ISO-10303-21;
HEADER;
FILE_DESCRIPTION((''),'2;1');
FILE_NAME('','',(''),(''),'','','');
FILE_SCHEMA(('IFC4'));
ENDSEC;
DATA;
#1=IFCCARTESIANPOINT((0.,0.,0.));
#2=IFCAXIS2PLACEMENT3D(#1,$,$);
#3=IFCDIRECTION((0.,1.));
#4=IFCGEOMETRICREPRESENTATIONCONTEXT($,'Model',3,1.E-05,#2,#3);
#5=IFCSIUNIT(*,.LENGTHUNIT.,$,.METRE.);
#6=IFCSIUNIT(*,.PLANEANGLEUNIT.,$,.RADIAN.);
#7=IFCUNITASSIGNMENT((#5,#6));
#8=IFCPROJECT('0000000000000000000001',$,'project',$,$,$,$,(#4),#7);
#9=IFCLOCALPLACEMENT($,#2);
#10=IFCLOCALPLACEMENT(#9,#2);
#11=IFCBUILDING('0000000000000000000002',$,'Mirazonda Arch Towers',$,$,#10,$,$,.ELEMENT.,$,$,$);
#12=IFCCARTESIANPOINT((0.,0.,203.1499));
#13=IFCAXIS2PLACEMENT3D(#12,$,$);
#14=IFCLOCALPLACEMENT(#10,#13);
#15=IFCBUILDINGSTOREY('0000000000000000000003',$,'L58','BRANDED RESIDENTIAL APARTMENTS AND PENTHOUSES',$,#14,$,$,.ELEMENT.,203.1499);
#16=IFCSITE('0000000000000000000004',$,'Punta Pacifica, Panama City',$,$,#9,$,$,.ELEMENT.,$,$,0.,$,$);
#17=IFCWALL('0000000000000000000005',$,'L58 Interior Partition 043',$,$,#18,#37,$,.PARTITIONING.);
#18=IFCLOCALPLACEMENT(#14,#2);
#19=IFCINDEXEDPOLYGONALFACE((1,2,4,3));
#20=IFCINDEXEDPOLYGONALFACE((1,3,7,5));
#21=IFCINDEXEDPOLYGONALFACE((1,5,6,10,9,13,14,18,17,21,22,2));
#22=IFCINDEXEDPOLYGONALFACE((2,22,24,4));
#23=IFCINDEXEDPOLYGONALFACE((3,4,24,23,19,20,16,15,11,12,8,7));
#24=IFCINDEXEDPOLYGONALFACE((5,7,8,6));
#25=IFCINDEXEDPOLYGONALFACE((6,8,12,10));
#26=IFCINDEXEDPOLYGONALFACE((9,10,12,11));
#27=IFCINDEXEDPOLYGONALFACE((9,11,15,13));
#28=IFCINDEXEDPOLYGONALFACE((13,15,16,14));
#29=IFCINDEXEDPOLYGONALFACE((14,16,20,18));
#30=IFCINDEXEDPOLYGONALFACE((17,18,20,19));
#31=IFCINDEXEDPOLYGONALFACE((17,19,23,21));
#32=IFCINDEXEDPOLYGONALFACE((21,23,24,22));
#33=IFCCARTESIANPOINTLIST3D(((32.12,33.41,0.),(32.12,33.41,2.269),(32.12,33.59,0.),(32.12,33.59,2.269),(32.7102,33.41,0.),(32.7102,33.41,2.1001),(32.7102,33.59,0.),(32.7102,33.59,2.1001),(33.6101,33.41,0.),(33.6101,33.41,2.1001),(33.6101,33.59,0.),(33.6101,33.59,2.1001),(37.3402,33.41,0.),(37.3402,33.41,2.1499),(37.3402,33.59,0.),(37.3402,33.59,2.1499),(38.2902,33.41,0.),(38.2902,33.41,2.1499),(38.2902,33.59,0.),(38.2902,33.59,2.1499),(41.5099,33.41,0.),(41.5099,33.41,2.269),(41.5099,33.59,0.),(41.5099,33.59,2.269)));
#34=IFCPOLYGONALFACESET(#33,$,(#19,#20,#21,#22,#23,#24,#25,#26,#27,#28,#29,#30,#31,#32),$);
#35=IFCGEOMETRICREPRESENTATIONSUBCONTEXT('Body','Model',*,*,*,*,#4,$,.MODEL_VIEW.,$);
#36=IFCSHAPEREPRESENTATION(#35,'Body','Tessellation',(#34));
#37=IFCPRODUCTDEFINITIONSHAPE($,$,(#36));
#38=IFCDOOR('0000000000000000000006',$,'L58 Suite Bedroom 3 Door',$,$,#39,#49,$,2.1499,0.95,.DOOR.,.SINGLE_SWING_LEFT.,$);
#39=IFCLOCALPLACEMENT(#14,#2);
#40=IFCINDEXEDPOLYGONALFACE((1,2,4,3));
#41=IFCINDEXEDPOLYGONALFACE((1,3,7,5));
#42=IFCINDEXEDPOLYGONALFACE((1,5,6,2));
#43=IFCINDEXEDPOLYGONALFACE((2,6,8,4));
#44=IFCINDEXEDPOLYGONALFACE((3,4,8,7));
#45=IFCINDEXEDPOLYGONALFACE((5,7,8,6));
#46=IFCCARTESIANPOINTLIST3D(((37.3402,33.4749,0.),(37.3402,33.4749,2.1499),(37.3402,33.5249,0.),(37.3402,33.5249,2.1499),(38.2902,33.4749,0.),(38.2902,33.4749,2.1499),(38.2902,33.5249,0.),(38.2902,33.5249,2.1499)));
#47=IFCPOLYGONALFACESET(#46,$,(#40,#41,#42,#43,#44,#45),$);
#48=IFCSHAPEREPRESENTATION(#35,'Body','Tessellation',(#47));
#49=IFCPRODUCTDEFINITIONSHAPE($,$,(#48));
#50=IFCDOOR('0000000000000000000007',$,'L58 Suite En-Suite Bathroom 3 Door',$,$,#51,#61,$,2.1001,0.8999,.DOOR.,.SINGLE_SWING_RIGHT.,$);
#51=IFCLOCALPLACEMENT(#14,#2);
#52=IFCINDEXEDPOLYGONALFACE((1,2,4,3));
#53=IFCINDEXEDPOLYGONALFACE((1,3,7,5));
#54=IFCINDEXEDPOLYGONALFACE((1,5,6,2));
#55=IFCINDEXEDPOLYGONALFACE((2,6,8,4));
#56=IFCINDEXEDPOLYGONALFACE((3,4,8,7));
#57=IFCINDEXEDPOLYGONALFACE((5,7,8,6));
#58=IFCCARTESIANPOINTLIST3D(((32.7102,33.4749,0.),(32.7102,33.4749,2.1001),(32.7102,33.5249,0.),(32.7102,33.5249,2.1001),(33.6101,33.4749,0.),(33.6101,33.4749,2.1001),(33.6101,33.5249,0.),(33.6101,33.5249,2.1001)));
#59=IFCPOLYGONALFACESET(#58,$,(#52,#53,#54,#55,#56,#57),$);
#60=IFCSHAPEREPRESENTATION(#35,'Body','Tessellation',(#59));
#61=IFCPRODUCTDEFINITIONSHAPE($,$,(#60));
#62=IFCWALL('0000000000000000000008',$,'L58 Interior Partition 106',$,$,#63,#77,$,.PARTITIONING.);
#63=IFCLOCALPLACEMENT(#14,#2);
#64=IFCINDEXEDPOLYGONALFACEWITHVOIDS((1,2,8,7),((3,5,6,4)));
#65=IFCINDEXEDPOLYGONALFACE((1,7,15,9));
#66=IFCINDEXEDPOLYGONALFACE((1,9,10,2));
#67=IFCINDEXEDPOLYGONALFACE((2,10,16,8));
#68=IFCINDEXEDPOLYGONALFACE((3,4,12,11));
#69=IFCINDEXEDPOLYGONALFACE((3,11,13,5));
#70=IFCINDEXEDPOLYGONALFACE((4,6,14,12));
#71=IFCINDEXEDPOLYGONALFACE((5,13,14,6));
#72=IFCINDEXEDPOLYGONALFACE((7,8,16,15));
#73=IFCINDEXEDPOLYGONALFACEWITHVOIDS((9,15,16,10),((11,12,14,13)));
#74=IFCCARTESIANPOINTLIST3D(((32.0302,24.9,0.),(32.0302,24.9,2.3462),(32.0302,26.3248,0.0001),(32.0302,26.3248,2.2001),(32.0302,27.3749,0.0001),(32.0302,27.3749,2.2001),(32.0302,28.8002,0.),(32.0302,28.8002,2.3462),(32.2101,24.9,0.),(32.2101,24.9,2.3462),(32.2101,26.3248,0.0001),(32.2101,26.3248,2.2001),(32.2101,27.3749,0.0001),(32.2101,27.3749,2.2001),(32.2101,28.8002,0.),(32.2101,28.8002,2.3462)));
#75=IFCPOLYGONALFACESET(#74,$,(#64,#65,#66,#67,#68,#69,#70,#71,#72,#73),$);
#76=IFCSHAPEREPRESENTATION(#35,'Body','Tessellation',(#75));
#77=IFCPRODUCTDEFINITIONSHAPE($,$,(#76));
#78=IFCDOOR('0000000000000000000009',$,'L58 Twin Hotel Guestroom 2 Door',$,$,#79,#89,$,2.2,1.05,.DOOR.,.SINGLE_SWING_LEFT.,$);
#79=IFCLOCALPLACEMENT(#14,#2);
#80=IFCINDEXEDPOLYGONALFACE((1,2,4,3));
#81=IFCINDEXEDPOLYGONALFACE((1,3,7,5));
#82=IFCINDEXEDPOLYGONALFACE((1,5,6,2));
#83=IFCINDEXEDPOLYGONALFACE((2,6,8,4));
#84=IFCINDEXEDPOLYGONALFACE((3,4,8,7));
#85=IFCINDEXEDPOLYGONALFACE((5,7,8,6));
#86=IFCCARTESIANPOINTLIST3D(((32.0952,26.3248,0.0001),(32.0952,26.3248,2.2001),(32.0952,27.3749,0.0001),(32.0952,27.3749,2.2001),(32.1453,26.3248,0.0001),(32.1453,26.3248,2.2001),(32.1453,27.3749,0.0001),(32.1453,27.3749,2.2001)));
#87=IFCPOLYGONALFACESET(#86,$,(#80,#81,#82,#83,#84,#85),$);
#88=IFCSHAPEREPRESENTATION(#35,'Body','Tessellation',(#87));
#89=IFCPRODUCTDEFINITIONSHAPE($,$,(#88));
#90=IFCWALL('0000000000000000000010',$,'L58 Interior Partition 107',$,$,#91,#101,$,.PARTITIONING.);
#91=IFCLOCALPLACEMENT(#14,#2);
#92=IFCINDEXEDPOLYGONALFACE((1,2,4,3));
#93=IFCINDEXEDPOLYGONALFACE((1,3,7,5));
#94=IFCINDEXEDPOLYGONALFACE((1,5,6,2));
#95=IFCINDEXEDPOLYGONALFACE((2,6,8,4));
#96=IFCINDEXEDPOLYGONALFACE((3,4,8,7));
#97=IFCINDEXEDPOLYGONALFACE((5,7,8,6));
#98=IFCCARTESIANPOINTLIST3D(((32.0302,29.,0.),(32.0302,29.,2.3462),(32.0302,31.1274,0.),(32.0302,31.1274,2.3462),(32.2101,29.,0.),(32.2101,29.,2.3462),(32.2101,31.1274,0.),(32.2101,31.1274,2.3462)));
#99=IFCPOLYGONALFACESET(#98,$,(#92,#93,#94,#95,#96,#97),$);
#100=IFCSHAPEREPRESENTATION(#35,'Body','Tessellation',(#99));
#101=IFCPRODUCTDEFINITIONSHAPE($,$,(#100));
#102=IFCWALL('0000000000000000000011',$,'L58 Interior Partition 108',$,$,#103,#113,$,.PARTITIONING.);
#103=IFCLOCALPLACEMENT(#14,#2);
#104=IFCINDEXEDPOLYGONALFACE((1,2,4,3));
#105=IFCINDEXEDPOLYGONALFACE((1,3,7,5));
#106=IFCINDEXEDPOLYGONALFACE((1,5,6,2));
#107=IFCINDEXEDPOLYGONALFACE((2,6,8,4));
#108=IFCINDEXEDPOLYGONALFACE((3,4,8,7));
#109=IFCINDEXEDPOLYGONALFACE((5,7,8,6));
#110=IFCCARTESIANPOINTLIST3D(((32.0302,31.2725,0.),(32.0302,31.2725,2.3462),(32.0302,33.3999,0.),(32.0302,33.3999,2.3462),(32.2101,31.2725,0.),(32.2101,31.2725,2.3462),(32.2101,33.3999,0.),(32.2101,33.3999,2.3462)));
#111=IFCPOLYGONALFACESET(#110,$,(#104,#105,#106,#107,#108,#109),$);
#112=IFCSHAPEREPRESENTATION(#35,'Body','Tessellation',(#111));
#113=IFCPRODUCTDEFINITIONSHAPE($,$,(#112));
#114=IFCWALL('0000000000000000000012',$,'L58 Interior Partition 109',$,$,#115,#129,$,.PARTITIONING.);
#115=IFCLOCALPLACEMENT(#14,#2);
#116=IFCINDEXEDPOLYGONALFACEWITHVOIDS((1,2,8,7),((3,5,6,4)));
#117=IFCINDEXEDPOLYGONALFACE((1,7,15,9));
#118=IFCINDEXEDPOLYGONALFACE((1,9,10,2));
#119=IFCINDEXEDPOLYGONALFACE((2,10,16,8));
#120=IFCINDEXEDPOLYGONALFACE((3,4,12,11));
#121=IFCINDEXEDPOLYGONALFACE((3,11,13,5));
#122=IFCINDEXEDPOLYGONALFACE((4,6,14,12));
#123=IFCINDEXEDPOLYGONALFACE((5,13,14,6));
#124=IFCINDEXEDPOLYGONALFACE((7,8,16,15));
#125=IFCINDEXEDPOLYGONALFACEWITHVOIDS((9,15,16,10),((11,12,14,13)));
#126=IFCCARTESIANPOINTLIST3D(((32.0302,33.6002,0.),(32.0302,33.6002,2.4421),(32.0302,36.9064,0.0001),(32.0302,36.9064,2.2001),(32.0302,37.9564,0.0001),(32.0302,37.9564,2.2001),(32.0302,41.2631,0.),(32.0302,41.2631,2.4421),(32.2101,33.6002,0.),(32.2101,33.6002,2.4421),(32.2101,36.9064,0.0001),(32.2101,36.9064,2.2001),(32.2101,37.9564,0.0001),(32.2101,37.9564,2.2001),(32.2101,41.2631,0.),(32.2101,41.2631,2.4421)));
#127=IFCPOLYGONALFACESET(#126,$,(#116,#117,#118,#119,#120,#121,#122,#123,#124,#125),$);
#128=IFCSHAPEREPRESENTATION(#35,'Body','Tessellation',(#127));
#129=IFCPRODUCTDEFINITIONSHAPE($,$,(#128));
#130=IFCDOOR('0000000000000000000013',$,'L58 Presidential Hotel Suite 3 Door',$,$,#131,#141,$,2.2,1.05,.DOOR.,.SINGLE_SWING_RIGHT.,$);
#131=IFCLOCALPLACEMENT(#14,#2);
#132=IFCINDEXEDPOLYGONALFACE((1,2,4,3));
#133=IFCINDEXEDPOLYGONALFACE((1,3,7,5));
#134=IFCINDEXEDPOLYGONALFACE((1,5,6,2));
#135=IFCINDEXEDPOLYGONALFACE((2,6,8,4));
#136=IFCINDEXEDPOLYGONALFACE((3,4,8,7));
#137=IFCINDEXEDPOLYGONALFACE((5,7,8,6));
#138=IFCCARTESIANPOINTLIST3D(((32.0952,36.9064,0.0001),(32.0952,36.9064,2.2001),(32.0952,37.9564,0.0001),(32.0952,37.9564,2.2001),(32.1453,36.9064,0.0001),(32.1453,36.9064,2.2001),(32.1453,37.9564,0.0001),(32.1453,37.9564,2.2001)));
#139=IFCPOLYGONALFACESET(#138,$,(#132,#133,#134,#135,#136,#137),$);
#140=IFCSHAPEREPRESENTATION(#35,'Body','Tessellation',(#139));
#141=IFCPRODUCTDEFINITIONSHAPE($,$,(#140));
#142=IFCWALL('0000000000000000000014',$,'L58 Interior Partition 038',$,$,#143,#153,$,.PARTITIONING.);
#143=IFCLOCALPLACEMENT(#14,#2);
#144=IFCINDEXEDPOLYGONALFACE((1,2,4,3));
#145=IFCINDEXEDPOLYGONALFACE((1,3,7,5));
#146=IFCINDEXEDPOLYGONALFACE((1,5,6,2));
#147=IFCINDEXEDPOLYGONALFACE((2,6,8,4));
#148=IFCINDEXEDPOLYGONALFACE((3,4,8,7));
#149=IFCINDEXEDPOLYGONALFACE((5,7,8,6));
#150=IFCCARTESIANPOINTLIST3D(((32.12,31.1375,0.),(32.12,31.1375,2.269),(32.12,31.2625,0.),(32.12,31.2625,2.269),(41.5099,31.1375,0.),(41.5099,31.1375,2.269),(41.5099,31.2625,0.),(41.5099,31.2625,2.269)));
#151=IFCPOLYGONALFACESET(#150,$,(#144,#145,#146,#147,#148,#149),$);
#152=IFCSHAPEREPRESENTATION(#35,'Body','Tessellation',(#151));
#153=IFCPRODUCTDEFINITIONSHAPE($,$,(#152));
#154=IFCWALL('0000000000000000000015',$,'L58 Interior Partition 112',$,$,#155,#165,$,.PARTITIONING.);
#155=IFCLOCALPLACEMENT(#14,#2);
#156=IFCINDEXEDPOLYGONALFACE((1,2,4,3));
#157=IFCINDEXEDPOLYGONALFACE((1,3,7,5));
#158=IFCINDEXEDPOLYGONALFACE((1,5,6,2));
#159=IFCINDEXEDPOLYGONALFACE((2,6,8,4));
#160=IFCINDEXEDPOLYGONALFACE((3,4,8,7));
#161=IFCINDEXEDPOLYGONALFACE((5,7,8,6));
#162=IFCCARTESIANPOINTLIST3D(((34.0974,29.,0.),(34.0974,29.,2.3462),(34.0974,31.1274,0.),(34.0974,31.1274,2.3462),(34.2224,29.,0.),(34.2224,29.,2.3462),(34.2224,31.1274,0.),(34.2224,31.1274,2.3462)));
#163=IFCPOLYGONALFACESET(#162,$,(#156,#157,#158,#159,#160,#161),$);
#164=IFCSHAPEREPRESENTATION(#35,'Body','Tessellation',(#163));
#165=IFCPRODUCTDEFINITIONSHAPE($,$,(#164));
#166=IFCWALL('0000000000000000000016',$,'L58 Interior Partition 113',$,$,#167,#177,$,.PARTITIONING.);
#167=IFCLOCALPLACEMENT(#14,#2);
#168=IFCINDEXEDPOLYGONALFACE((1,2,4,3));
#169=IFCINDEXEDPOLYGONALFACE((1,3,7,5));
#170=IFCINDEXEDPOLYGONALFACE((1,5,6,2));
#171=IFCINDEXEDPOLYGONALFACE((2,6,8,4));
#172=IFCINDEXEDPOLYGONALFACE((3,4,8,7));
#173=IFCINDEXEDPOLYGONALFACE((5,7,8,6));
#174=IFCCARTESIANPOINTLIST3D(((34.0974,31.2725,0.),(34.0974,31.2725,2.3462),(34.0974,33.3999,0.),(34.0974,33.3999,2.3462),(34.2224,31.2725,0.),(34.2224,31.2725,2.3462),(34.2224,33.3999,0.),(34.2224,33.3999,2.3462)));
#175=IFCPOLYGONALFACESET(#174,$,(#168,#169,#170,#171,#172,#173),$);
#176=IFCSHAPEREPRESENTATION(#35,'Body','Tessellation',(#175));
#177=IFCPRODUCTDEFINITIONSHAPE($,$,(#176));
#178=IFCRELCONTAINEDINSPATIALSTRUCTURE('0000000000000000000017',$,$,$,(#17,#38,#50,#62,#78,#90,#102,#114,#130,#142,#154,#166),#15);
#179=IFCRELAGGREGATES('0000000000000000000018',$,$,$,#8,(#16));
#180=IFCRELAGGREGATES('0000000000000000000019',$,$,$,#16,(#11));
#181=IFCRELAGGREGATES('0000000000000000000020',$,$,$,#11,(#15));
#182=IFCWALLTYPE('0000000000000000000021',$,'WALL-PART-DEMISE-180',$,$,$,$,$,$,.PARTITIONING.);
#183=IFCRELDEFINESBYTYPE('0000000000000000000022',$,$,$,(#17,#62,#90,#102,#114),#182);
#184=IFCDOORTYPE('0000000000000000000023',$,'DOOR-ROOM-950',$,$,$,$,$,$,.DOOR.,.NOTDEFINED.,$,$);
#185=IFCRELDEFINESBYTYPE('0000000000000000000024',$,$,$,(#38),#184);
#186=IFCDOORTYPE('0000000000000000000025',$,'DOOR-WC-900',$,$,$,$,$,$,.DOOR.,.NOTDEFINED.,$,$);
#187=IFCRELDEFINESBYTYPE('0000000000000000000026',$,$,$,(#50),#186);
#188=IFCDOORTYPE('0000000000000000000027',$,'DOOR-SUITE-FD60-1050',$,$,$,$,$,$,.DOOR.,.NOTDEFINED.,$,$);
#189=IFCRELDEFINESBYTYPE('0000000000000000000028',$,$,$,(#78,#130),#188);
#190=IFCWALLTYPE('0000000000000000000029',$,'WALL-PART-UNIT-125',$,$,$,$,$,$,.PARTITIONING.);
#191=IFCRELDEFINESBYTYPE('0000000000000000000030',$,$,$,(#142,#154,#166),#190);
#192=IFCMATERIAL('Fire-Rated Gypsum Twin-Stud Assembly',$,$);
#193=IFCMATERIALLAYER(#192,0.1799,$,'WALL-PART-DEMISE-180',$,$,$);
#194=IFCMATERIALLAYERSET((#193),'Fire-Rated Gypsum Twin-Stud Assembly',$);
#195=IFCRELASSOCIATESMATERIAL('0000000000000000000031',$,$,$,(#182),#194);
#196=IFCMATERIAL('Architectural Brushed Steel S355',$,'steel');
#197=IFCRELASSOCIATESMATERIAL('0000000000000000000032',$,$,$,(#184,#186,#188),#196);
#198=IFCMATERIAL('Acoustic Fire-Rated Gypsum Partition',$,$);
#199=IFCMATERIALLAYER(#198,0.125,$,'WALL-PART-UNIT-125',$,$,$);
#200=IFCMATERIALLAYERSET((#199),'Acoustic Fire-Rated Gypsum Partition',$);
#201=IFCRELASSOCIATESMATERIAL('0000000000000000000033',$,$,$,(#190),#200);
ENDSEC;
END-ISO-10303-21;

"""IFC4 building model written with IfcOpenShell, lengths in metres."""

from ifc_helpers import new_model, si_unit, direction, frame, frame_2d, origin, place, context, subcontext, project, spatial, rectangle, extrude, material, layer, layer_set, type_object, element, fill, save


model = new_model("IFC4")

# Units and contexts
model_context = context("Model", 3, precision=1e-05, world=origin(), true_north=direction((0.0, 1.0)))
body_context = subcontext(model_context, "Body", "Model", "MODEL_VIEW")
ifc_project = project(units=[si_unit("LENGTHUNIT", "METRE"), si_unit("PLANEANGLEUNIT", "RADIAN")], contexts=[model_context])

# Site, building, storey
site_placement = place(None, origin())
site = spatial("IfcSite", under=ifc_project, at=site_placement, Name="Punta Pacifica, Panama City", CompositionType="ELEMENT", RefElevation=0.0)
building_placement = place(site_placement, origin())
building = spatial("IfcBuilding", under=site, at=building_placement, Name="Mirazonda Arch Towers", CompositionType="ELEMENT")
storey_placement = place(building_placement, frame((0.0, 0.0, 203.1499)))
storey = spatial("IfcBuildingStorey", under=building, at=storey_placement, Name="L58", Description="BRANDED RESIDENTIAL APARTMENTS AND PENTHOUSES", CompositionType="ELEMENT", Elevation=203.1499)

# Wall, openings, doors
ifc_material_1 = material(Name="Fire-Rated Gypsum Twin-Stud Assembly")
ifc_layer_1 = layer(ifc_material_1, 0.1799, Name="WALL-PART-DEMISE-180")
ifc_layer_set_1 = layer_set([ifc_layer_1], Name="Fire-Rated Gypsum Twin-Stud Assembly")
wall_type_1 = type_object("IfcWallType", Name="WALL-PART-DEMISE-180", PredefinedType="PARTITIONING", material=ifc_layer_set_1)
ifc_material_2 = material(Name="Architectural Brushed Steel S355", Category="steel")
door_type_1 = type_object("IfcDoorType", Name="DOOR-ROOM-950", OperationType="NOTDEFINED", PredefinedType="DOOR", material=ifc_material_2)
door_type_2 = type_object("IfcDoorType", Name="DOOR-WC-900", OperationType="NOTDEFINED", PredefinedType="DOOR", material=ifc_material_2)
wall_1_placement = place(storey_placement, frame((32.1201, 33.5, 0.0), z_axis=(0.0, 0.0, 1.0), x_axis=(1.0, 0.0, 0.0)))
wall_1 = element("IfcWall", 1, at=wall_1_placement, inside=storey, type_object=wall_type_1, Name="L58 Interior Partition 043", PredefinedType="PARTITIONING", context=body_context, shape_type="SweptSolid", body=[
    extrude(rectangle(XDim=9.3899, YDim=0.1799, at=frame_2d((4.6948, 0.0))), origin(), (0.0, 0.0, 1.0), 2.269),
])
opening_1_placement = place(wall_1_placement, frame((5.22, 0.0, 0.0)))
opening_1 = element("IfcOpeningElement", 2, at=opening_1_placement, cuts=wall_1, PredefinedType="OPENING", context=body_context, shape_type="SweptSolid", body=[
    extrude(rectangle(XDim=0.95, YDim=2.1499, at=frame_2d((0.4751, 1.075))), frame((0.0, 0.0999, 0.0), z_axis=(0.0, -1.0, 0.0), x_axis=(1.0, 0.0, 0.0)), (0.0, 0.0, 1.0), 0.2),
])
opening_2_placement = place(wall_1_placement, frame((0.5901, 0.0, 0.0)))
opening_2 = element("IfcOpeningElement", 3, at=opening_2_placement, cuts=wall_1, PredefinedType="OPENING", context=body_context, shape_type="SweptSolid", body=[
    extrude(rectangle(XDim=0.8999, YDim=2.1001, at=frame_2d((0.45, 1.05))), frame((0.0, 0.0999, 0.0), z_axis=(0.0, -1.0, 0.0), x_axis=(1.0, 0.0, 0.0)), (0.0, 0.0, 1.0), 0.2),
])
door_1_placement = place(opening_1_placement, origin())
door_1 = element("IfcDoor", 4, at=door_1_placement, inside=storey, type_object=door_type_1, Name="L58 Suite Bedroom 3 Door", OperationType="SINGLE_SWING_LEFT", OverallHeight=2.1499, OverallWidth=0.95, PredefinedType="DOOR", context=body_context, shape_type="SweptSolid", body=[
    extrude(rectangle(XDim=0.95, YDim=2.1499, at=frame_2d((0.4751, 1.075))), frame((0.0, 0.0249, 0.0), z_axis=(0.0, -1.0, 0.0), x_axis=(1.0, 0.0, 0.0)), (0.0, 0.0, 1.0), 0.05),
])
fill(opening_1, door_1)
door_2_placement = place(opening_2_placement, origin())
door_2 = element("IfcDoor", 5, at=door_2_placement, inside=storey, type_object=door_type_2, Name="L58 Suite En-Suite Bathroom 3 Door", OperationType="SINGLE_SWING_RIGHT", OverallHeight=2.1001, OverallWidth=0.8999, PredefinedType="DOOR", context=body_context, shape_type="SweptSolid", body=[
    extrude(rectangle(XDim=0.8999, YDim=2.1001, at=frame_2d((0.45, 1.05))), frame((0.0, 0.0249, 0.0), z_axis=(0.0, -1.0, 0.0), x_axis=(1.0, 0.0, 0.0)), (0.0, 0.0, 1.0), 0.05),
])
fill(opening_2, door_2)

# Wall, opening, door
wall_2_placement = place(storey_placement, frame((32.1201, 24.8999, 0.0), z_axis=(0.0, 0.0, 1.0), x_axis=(0.0, 1.0, 0.0)))
wall_2 = element("IfcWall", 6, at=wall_2_placement, inside=storey, type_object=wall_type_1, Name="L58 Interior Partition 106", PredefinedType="PARTITIONING", context=body_context, shape_type="SweptSolid", body=[
    extrude(rectangle(XDim=3.9001, YDim=0.1799, at=frame_2d((1.9502, 0.0))), origin(), (0.0, 0.0, 1.0), 2.3462),
])
opening_3_placement = place(wall_2_placement, frame((1.425, 0.0, 0.0)))
opening_3 = element("IfcOpeningElement", 7, at=opening_3_placement, cuts=wall_2, PredefinedType="OPENING", context=body_context, shape_type="SweptSolid", body=[
    extrude(rectangle(XDim=1.05, YDim=2.2, at=frame_2d((0.5249, 1.1001))), frame((0.0, 0.0999, 0.0), z_axis=(0.0, -1.0, 0.0), x_axis=(1.0, 0.0, 0.0)), (0.0, 0.0, 1.0), 0.2),
])
door_type_3 = type_object("IfcDoorType", Name="DOOR-SUITE-FD60-1050", OperationType="NOTDEFINED", PredefinedType="DOOR", material=ifc_material_2)
door_3_placement = place(opening_3_placement, origin())
door_3 = element("IfcDoor", 8, at=door_3_placement, inside=storey, type_object=door_type_3, Name="L58 Twin Hotel Guestroom 2 Door", OperationType="SINGLE_SWING_LEFT", OverallHeight=2.2, OverallWidth=1.05, PredefinedType="DOOR", context=body_context, shape_type="SweptSolid", body=[
    extrude(rectangle(XDim=1.05, YDim=2.2, at=frame_2d((0.5249, 1.1001))), frame((0.0, 0.0249, 0.0), z_axis=(0.0, -1.0, 0.0), x_axis=(1.0, 0.0, 0.0)), (0.0, 0.0, 1.0), 0.05),
])
fill(opening_3, door_3)

# Walls
for number, where, z_axis, x_axis, name in (
    (9, (32.1201, 29.0, 0.0), (0.0, 0.0, 1.0), (0.0, 1.0, 0.0), "L58 Interior Partition 107"),
    (10, (32.1201, 31.2725, 0.0), (0.0, 0.0, 1.0), (0.0, 1.0, 0.0), "L58 Interior Partition 108"),
):
    element("IfcWall", number, at=place(storey_placement, frame(where, z_axis=z_axis, x_axis=x_axis)), inside=storey, type_object=wall_type_1, Name=name, PredefinedType="PARTITIONING", context=body_context, shape_type="SweptSolid", body=[
        extrude(rectangle(XDim=2.1274, YDim=0.1799, at=frame_2d((1.0637, 0.0))), origin(), (0.0, 0.0, 1.0), 2.3462),
    ])

# Wall, opening, door
wall_3_placement = place(storey_placement, frame((32.1201, 33.6001, 0.0), z_axis=(0.0, 0.0, 1.0), x_axis=(0.0, 1.0, 0.0)))
wall_3 = element("IfcWall", 11, at=wall_3_placement, inside=storey, type_object=wall_type_1, Name="L58 Interior Partition 109", PredefinedType="PARTITIONING", context=body_context, shape_type="SweptSolid", body=[
    extrude(rectangle(XDim=7.6628, YDim=0.1799, at=frame_2d((3.8315, 0.0))), origin(), (0.0, 0.0, 1.0), 2.4421),
])
opening_4_placement = place(wall_3_placement, frame((3.3064, 0.0, 0.0)))
opening_4 = element("IfcOpeningElement", 12, at=opening_4_placement, cuts=wall_3, PredefinedType="OPENING", context=body_context, shape_type="SweptSolid", body=[
    extrude(rectangle(XDim=1.05, YDim=2.2, at=frame_2d((0.5249, 1.1001))), frame((0.0, 0.0999, 0.0), z_axis=(0.0, -1.0, 0.0), x_axis=(1.0, 0.0, 0.0)), (0.0, 0.0, 1.0), 0.2),
])
door_4_placement = place(opening_4_placement, origin())
door_4 = element("IfcDoor", 13, at=door_4_placement, inside=storey, type_object=door_type_3, Name="L58 Presidential Hotel Suite 3 Door", OperationType="SINGLE_SWING_RIGHT", OverallHeight=2.2, OverallWidth=1.05, PredefinedType="DOOR", context=body_context, shape_type="SweptSolid", body=[
    extrude(rectangle(XDim=1.05, YDim=2.2, at=frame_2d((0.5249, 1.1001))), frame((0.0, 0.0249, 0.0), z_axis=(0.0, -1.0, 0.0), x_axis=(1.0, 0.0, 0.0)), (0.0, 0.0, 1.0), 0.05),
])
fill(opening_4, door_4)

# Walls
ifc_material_3 = material(Name="Acoustic Fire-Rated Gypsum Partition")
ifc_layer_2 = layer(ifc_material_3, 0.125, Name="WALL-PART-UNIT-125")
ifc_layer_set_2 = layer_set([ifc_layer_2], Name="Acoustic Fire-Rated Gypsum Partition")
wall_type_2 = type_object("IfcWallType", Name="WALL-PART-UNIT-125", PredefinedType="PARTITIONING", material=ifc_layer_set_2)
wall_4_placement = place(storey_placement, frame((32.1201, 31.2, 0.0), z_axis=(0.0, 0.0, 1.0), x_axis=(1.0, 0.0, 0.0)))
element("IfcWall", 14, at=wall_4_placement, inside=storey, type_object=wall_type_2, Name="L58 Interior Partition 038", PredefinedType="PARTITIONING", context=body_context, shape_type="SweptSolid", body=[
    extrude(rectangle(XDim=9.3899, YDim=0.125, at=frame_2d((4.6948, 0.0))), origin(), (0.0, 0.0, 1.0), 2.269),
])
for number, where, z_axis, x_axis, name in (
    (15, (34.1599, 29.0, 0.0), (0.0, 0.0, 1.0), (0.0, 1.0, 0.0), "L58 Interior Partition 112"),
    (16, (34.1599, 31.2725, 0.0), (0.0, 0.0, 1.0), (0.0, 1.0, 0.0), "L58 Interior Partition 113"),
):
    element("IfcWall", number, at=place(storey_placement, frame(where, z_axis=z_axis, x_axis=x_axis)), inside=storey, type_object=wall_type_2, Name=name, PredefinedType="PARTITIONING", context=body_context, shape_type="SweptSolid", body=[
        extrude(rectangle(XDim=2.1274, YDim=0.125, at=frame_2d((1.0637, 0.0))), origin(), (0.0, 0.0, 1.0), 2.3462),
    ])

save(model, "model.ifc")
